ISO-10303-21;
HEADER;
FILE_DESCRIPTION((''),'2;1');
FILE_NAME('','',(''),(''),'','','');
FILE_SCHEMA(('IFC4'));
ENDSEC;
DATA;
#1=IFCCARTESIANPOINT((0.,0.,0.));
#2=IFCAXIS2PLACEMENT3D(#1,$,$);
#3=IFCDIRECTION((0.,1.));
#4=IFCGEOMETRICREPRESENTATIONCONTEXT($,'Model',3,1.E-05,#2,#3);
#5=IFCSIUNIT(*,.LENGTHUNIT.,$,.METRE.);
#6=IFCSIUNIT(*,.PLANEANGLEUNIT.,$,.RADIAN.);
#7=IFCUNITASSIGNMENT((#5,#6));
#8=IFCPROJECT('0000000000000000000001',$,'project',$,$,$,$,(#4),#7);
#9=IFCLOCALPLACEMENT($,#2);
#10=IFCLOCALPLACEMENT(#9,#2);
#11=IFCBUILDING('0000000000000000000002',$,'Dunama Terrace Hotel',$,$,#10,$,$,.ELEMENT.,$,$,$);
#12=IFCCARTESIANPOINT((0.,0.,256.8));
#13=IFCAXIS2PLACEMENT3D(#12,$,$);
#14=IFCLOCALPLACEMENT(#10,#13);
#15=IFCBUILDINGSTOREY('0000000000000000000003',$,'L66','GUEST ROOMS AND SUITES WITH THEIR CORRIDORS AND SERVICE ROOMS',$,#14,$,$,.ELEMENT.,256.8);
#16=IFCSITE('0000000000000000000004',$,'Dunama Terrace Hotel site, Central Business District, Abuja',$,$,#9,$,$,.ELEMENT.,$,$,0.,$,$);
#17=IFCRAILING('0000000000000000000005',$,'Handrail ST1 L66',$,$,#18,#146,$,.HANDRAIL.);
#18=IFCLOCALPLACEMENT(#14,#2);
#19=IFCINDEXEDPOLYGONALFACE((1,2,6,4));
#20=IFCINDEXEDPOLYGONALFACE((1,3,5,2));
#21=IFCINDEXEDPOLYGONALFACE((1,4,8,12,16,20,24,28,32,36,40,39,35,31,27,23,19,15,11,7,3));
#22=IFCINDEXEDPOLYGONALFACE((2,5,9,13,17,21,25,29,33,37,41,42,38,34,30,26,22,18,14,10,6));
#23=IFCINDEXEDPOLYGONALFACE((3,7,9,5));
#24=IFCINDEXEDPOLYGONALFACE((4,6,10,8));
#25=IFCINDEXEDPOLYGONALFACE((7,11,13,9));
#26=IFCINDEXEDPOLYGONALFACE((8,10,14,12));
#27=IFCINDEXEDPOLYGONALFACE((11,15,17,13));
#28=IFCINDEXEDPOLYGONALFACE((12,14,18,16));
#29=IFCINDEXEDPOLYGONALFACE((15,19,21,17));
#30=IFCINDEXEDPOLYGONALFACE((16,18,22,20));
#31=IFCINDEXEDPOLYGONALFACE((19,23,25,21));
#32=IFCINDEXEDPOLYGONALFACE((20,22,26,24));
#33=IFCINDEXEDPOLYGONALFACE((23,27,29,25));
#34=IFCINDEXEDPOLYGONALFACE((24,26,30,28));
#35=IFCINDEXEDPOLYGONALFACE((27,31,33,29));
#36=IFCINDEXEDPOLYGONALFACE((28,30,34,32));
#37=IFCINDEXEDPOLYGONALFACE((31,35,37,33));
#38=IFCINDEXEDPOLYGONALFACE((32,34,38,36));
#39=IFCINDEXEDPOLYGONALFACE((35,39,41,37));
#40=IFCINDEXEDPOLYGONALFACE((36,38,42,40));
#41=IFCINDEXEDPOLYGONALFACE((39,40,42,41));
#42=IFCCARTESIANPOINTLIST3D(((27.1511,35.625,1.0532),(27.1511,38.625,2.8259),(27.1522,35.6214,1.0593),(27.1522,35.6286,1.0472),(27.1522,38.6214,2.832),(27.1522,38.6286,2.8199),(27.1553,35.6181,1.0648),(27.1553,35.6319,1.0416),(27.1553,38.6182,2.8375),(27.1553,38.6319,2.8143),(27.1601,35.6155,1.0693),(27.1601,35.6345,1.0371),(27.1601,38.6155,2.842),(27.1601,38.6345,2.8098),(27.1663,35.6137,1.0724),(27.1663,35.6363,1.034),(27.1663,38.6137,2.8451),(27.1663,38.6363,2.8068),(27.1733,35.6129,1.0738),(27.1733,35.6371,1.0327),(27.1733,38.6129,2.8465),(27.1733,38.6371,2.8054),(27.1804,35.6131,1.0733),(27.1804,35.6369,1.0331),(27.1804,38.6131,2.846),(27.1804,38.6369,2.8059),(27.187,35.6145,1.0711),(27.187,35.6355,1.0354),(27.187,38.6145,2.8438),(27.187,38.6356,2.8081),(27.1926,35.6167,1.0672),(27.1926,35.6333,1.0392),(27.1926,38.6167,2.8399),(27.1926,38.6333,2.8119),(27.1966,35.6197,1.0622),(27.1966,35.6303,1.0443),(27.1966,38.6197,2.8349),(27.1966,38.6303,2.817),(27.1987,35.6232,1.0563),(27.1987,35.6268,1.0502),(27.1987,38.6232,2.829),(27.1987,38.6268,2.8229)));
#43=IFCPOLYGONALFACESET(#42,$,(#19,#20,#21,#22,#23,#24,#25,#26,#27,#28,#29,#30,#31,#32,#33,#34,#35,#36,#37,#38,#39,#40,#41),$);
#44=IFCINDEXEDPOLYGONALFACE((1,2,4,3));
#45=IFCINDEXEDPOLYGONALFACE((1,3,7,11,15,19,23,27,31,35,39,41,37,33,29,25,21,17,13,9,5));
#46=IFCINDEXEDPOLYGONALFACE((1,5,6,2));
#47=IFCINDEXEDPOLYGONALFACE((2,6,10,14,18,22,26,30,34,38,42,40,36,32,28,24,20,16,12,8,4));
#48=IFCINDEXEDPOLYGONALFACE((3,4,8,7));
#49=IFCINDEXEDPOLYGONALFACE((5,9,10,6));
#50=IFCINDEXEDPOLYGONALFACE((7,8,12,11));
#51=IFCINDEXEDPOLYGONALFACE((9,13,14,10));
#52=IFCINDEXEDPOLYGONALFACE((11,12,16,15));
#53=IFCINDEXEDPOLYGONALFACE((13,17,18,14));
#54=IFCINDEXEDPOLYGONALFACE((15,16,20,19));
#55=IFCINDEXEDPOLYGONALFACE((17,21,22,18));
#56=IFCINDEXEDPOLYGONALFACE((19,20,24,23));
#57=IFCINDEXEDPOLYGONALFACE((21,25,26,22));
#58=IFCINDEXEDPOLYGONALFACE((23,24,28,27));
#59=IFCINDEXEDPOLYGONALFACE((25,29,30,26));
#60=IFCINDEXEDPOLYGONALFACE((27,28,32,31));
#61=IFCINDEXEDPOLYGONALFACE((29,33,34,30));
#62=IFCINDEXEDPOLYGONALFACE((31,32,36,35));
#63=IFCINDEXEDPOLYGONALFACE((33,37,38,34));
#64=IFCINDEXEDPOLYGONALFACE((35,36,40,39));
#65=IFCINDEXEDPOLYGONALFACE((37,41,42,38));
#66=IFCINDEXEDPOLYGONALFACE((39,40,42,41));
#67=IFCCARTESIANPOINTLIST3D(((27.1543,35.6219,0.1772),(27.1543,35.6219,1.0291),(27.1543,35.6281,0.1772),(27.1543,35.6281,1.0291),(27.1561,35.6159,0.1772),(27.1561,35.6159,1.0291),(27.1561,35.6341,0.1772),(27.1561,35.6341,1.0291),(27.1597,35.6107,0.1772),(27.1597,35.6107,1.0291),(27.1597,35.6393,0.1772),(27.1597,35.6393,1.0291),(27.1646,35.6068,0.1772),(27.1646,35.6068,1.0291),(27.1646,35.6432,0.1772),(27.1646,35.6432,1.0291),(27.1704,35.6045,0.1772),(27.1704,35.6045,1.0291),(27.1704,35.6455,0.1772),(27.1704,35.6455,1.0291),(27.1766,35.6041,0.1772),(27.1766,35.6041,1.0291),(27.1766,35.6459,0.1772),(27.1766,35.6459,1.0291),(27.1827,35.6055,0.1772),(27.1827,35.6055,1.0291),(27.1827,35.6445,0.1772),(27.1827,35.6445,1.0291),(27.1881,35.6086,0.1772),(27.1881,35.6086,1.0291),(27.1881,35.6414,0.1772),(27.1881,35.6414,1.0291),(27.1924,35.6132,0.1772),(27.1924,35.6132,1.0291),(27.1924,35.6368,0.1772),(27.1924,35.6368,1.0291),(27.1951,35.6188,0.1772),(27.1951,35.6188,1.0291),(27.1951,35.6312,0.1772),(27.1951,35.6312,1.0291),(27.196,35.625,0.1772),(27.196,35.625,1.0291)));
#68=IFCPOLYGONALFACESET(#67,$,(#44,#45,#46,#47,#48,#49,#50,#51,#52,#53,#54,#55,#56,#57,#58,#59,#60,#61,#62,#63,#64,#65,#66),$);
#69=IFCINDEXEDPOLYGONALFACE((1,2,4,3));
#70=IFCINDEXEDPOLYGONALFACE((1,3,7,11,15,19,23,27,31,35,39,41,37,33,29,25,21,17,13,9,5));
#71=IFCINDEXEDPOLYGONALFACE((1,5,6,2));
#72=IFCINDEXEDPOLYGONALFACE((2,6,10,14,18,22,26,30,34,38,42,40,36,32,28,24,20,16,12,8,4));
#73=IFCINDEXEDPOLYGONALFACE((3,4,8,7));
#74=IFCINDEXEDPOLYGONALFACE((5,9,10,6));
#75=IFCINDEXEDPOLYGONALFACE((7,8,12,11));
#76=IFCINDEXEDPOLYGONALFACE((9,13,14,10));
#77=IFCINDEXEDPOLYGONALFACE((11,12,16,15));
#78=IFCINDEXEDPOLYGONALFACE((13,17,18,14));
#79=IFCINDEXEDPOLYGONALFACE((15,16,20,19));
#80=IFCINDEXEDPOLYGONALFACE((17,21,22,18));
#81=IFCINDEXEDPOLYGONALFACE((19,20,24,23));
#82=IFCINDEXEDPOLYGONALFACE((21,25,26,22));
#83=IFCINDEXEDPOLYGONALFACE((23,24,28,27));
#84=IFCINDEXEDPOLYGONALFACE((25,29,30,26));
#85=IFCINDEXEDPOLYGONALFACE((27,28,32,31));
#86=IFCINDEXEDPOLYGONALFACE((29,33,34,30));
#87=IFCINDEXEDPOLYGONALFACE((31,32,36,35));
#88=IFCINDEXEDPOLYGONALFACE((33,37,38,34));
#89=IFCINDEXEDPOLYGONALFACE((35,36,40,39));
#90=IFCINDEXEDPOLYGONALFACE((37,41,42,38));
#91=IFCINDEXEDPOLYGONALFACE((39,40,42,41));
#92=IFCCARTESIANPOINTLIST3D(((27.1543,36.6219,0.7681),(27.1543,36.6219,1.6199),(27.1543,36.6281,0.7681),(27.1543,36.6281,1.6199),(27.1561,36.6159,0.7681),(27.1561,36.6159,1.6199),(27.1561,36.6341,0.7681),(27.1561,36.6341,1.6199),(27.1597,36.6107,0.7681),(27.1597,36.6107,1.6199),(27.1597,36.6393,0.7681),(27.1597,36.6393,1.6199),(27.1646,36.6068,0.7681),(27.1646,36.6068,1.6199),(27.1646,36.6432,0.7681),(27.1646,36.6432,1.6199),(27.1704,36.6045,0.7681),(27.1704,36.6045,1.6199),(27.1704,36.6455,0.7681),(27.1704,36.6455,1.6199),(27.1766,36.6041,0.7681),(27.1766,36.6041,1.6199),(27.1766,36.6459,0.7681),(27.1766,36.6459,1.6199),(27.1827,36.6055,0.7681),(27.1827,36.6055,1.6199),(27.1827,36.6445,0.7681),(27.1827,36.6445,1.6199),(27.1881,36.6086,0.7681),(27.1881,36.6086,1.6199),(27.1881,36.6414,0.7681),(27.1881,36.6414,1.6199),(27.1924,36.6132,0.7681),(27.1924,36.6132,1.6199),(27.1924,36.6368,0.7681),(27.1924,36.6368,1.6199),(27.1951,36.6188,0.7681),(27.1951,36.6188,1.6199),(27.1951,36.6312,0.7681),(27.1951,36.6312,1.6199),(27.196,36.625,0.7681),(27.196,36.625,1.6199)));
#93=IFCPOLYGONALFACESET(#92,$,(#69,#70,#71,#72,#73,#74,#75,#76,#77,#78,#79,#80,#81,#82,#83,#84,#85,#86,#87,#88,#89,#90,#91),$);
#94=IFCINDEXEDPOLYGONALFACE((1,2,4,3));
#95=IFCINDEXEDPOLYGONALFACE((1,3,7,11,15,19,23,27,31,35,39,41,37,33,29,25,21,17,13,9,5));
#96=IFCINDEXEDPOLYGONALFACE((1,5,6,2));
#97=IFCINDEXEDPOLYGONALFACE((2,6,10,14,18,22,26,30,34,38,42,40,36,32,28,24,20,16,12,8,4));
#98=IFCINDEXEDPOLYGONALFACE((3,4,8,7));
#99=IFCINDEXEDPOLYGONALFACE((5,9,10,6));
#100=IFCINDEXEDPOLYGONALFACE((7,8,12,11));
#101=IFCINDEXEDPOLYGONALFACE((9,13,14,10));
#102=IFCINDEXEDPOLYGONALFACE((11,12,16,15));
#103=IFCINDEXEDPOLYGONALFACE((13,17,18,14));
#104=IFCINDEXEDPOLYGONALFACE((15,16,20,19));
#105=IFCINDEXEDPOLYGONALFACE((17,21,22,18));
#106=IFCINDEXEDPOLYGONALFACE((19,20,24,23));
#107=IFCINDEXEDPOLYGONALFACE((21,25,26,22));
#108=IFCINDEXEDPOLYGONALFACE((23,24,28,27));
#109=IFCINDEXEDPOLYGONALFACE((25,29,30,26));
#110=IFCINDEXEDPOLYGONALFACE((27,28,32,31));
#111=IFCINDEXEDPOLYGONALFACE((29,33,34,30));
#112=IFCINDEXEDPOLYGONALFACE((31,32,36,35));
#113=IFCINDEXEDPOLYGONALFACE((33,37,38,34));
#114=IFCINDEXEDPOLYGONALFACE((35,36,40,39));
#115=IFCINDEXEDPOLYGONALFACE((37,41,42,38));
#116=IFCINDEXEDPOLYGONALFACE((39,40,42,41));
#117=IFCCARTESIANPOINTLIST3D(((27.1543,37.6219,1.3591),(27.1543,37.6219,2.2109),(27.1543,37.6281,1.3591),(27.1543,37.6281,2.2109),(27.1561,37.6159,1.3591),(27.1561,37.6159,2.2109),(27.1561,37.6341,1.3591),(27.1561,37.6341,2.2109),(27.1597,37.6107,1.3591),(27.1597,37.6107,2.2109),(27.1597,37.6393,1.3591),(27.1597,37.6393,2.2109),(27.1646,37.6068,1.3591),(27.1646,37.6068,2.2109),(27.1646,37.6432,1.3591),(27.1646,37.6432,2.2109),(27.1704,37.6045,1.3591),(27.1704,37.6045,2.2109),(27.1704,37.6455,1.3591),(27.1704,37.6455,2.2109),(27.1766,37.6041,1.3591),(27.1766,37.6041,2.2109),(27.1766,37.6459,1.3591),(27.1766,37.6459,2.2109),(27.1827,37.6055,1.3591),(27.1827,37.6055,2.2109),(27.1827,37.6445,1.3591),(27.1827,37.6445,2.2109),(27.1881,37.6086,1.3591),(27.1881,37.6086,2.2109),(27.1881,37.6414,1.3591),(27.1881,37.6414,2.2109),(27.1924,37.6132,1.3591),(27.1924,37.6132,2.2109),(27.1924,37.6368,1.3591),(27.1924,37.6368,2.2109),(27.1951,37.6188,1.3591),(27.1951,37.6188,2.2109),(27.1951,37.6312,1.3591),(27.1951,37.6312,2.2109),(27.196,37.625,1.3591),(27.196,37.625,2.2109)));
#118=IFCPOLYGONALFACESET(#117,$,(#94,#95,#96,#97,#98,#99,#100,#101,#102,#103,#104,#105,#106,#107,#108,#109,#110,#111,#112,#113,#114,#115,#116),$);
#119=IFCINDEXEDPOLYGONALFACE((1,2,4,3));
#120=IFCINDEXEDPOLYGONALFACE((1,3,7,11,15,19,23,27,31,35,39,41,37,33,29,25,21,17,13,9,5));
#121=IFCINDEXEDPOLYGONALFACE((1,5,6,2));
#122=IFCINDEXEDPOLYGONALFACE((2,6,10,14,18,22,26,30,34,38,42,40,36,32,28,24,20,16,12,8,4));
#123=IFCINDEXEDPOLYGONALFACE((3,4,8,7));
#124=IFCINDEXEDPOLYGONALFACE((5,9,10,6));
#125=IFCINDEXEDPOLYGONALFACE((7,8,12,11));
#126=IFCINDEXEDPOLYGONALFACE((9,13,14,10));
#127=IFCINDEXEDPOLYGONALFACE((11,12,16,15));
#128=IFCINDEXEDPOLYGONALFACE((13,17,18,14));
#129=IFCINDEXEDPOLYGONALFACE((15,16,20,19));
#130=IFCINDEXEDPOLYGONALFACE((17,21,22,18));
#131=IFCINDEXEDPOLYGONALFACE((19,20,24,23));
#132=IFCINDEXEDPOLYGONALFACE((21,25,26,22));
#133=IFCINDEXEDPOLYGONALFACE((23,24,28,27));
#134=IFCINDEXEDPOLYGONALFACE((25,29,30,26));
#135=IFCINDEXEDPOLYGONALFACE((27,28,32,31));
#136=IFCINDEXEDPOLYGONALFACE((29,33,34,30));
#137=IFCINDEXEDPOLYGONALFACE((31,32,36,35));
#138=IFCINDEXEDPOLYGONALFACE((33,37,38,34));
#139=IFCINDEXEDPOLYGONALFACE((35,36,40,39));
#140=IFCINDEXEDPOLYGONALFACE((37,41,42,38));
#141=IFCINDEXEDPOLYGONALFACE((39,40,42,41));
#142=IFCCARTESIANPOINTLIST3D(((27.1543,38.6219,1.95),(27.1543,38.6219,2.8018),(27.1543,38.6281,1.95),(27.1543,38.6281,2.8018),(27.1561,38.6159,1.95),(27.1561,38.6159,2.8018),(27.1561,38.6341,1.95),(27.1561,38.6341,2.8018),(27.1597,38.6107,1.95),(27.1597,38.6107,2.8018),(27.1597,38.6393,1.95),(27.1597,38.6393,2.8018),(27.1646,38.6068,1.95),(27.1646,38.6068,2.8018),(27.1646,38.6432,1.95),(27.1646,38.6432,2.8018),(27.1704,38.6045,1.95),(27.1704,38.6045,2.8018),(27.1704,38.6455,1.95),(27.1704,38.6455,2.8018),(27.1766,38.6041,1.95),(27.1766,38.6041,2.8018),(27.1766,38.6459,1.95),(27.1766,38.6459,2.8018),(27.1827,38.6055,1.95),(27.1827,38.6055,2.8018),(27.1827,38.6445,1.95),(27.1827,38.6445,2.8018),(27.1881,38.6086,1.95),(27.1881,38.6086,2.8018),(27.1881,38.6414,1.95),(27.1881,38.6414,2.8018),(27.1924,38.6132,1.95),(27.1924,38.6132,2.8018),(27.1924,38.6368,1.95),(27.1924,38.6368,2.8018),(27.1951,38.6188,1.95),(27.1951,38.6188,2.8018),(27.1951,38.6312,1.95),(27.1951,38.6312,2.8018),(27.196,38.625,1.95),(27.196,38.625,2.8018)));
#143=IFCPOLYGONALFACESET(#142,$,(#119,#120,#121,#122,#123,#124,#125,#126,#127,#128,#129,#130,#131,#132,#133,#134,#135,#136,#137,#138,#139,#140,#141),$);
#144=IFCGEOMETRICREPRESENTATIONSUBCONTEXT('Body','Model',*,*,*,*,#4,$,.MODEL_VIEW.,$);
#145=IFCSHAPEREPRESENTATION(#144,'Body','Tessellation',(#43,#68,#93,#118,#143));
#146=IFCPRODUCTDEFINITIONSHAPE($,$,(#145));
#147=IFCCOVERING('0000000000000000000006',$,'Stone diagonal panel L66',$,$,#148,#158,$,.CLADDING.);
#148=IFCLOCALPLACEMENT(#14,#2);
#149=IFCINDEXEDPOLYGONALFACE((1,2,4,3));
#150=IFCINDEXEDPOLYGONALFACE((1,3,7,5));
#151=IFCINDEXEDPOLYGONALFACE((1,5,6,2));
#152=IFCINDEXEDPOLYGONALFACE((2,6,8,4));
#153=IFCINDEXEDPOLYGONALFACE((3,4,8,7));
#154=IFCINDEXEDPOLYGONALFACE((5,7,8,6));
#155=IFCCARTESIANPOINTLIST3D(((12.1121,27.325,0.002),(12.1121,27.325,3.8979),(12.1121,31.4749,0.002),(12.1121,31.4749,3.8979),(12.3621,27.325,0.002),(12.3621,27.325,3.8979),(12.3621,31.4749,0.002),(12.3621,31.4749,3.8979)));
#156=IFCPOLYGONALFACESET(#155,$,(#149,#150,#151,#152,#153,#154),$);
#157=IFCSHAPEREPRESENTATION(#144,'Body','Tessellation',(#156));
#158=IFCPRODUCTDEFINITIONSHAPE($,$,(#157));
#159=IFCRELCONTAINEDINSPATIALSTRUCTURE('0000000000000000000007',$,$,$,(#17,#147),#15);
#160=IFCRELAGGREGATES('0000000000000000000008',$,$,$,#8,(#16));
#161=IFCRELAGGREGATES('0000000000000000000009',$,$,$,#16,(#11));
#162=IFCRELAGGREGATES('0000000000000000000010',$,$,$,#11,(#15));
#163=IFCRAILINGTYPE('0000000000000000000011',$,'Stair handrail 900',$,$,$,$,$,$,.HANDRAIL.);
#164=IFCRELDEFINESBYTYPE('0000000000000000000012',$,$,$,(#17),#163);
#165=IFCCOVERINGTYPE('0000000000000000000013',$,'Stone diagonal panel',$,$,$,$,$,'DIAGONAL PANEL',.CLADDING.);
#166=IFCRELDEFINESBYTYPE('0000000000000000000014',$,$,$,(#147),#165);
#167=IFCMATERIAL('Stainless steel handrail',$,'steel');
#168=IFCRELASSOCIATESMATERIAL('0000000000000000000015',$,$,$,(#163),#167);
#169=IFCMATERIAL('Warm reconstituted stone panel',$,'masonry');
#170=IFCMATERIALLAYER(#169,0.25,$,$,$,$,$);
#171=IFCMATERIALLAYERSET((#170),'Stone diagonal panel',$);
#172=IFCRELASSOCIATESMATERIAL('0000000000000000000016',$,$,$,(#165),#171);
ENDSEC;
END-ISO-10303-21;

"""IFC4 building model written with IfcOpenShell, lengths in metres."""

from ifc_helpers import new_model, si_unit, direction, frame, origin, origin_2d, place, context, subcontext, project, spatial, rectangle, circle, extrude, material, layer, layer_set, type_object, element, save


model = new_model("IFC4")

# Units and contexts
model_context = context("Model", 3, precision=1e-05, world=origin(), true_north=direction((0.0, 1.0)))
body_context = subcontext(model_context, "Body", "Model", "MODEL_VIEW")
ifc_project = project(units=[si_unit("LENGTHUNIT", "METRE"), si_unit("PLANEANGLEUNIT", "RADIAN")], contexts=[model_context])

# Site, building, storey
site_placement = place(None, origin())
site = spatial("IfcSite", under=ifc_project, at=site_placement, Name="Dunama Terrace Hotel site, Central Business District, Abuja", CompositionType="ELEMENT", RefElevation=0.0)
building_placement = place(site_placement, origin())
building = spatial("IfcBuilding", under=site, at=building_placement, Name="Dunama Terrace Hotel", CompositionType="ELEMENT")
storey_placement = place(building_placement, frame((0.0, 0.0, 256.8)))
storey = spatial("IfcBuildingStorey", under=building, at=storey_placement, Name="L66", Description="GUEST ROOMS AND SUITES WITH THEIR CORRIDORS AND SERVICE ROOMS", CompositionType="ELEMENT", Elevation=256.8)

# Railing
ifc_material_1 = material(Name="Stainless steel handrail", Category="steel")
railing_type = type_object("IfcRailingType", Name="Stair handrail 900", PredefinedType="HANDRAIL", material=ifc_material_1)
railing_placement = place(storey_placement, frame((27.175, 35.625, 0.1772)))
element("IfcRailing", 1, at=railing_placement, inside=storey, type_object=railing_type, Name="Handrail ST1 L66", PredefinedType="HANDRAIL", context=body_context, shape_type="SweptSolid", body=[
    extrude(circle(Radius=0.0239, at=origin_2d()), frame((0.0, 0.0, 0.876), z_axis=(0.0, 0.860929, 0.508725), x_axis=(-1.0, 0.0, 0.0)), (0.0, 0.0, 1.0), 3.4846),
    extrude(circle(Radius=0.021, at=origin_2d()), origin(), (0.0, 0.0, 1.0), 0.8518),
    extrude(circle(Radius=0.021, at=origin_2d()), frame((0.0, 1.0, 0.5908)), (0.0, 0.0, 1.0), 0.8518),
    extrude(circle(Radius=0.021, at=origin_2d()), frame((0.0, 2.0, 1.1819)), (0.0, 0.0, 1.0), 0.8518),
    extrude(circle(Radius=0.021, at=origin_2d()), frame((0.0, 3.0, 1.7727)), (0.0, 0.0, 1.0), 0.8518),
])

# Covering
ifc_material_2 = material(Name="Warm reconstituted stone panel", Category="masonry")
ifc_layer_1 = layer(ifc_material_2, 0.25)
ifc_layer_set_1 = layer_set([ifc_layer_1], Name="Stone diagonal panel")
covering_type = type_object("IfcCoveringType", Name="Stone diagonal panel", ElementType="DIAGONAL PANEL", PredefinedType="CLADDING", material=ifc_layer_set_1)
covering_placement = place(storey_placement, frame((12.2371, 29.3999, 0.002), z_axis=(0.0, 0.0, 1.0), x_axis=(0.0, -1.0, 0.0)))
element("IfcCovering", 2, at=covering_placement, inside=storey, type_object=covering_type, Name="Stone diagonal panel L66", PredefinedType="CLADDING", context=body_context, shape_type="SweptSolid", body=[
    extrude(rectangle(XDim=4.1499, YDim=0.25, at=origin_2d()), origin(), (0.0, 0.0, 1.0), 3.896),
])

save(model, "model.ifc")
